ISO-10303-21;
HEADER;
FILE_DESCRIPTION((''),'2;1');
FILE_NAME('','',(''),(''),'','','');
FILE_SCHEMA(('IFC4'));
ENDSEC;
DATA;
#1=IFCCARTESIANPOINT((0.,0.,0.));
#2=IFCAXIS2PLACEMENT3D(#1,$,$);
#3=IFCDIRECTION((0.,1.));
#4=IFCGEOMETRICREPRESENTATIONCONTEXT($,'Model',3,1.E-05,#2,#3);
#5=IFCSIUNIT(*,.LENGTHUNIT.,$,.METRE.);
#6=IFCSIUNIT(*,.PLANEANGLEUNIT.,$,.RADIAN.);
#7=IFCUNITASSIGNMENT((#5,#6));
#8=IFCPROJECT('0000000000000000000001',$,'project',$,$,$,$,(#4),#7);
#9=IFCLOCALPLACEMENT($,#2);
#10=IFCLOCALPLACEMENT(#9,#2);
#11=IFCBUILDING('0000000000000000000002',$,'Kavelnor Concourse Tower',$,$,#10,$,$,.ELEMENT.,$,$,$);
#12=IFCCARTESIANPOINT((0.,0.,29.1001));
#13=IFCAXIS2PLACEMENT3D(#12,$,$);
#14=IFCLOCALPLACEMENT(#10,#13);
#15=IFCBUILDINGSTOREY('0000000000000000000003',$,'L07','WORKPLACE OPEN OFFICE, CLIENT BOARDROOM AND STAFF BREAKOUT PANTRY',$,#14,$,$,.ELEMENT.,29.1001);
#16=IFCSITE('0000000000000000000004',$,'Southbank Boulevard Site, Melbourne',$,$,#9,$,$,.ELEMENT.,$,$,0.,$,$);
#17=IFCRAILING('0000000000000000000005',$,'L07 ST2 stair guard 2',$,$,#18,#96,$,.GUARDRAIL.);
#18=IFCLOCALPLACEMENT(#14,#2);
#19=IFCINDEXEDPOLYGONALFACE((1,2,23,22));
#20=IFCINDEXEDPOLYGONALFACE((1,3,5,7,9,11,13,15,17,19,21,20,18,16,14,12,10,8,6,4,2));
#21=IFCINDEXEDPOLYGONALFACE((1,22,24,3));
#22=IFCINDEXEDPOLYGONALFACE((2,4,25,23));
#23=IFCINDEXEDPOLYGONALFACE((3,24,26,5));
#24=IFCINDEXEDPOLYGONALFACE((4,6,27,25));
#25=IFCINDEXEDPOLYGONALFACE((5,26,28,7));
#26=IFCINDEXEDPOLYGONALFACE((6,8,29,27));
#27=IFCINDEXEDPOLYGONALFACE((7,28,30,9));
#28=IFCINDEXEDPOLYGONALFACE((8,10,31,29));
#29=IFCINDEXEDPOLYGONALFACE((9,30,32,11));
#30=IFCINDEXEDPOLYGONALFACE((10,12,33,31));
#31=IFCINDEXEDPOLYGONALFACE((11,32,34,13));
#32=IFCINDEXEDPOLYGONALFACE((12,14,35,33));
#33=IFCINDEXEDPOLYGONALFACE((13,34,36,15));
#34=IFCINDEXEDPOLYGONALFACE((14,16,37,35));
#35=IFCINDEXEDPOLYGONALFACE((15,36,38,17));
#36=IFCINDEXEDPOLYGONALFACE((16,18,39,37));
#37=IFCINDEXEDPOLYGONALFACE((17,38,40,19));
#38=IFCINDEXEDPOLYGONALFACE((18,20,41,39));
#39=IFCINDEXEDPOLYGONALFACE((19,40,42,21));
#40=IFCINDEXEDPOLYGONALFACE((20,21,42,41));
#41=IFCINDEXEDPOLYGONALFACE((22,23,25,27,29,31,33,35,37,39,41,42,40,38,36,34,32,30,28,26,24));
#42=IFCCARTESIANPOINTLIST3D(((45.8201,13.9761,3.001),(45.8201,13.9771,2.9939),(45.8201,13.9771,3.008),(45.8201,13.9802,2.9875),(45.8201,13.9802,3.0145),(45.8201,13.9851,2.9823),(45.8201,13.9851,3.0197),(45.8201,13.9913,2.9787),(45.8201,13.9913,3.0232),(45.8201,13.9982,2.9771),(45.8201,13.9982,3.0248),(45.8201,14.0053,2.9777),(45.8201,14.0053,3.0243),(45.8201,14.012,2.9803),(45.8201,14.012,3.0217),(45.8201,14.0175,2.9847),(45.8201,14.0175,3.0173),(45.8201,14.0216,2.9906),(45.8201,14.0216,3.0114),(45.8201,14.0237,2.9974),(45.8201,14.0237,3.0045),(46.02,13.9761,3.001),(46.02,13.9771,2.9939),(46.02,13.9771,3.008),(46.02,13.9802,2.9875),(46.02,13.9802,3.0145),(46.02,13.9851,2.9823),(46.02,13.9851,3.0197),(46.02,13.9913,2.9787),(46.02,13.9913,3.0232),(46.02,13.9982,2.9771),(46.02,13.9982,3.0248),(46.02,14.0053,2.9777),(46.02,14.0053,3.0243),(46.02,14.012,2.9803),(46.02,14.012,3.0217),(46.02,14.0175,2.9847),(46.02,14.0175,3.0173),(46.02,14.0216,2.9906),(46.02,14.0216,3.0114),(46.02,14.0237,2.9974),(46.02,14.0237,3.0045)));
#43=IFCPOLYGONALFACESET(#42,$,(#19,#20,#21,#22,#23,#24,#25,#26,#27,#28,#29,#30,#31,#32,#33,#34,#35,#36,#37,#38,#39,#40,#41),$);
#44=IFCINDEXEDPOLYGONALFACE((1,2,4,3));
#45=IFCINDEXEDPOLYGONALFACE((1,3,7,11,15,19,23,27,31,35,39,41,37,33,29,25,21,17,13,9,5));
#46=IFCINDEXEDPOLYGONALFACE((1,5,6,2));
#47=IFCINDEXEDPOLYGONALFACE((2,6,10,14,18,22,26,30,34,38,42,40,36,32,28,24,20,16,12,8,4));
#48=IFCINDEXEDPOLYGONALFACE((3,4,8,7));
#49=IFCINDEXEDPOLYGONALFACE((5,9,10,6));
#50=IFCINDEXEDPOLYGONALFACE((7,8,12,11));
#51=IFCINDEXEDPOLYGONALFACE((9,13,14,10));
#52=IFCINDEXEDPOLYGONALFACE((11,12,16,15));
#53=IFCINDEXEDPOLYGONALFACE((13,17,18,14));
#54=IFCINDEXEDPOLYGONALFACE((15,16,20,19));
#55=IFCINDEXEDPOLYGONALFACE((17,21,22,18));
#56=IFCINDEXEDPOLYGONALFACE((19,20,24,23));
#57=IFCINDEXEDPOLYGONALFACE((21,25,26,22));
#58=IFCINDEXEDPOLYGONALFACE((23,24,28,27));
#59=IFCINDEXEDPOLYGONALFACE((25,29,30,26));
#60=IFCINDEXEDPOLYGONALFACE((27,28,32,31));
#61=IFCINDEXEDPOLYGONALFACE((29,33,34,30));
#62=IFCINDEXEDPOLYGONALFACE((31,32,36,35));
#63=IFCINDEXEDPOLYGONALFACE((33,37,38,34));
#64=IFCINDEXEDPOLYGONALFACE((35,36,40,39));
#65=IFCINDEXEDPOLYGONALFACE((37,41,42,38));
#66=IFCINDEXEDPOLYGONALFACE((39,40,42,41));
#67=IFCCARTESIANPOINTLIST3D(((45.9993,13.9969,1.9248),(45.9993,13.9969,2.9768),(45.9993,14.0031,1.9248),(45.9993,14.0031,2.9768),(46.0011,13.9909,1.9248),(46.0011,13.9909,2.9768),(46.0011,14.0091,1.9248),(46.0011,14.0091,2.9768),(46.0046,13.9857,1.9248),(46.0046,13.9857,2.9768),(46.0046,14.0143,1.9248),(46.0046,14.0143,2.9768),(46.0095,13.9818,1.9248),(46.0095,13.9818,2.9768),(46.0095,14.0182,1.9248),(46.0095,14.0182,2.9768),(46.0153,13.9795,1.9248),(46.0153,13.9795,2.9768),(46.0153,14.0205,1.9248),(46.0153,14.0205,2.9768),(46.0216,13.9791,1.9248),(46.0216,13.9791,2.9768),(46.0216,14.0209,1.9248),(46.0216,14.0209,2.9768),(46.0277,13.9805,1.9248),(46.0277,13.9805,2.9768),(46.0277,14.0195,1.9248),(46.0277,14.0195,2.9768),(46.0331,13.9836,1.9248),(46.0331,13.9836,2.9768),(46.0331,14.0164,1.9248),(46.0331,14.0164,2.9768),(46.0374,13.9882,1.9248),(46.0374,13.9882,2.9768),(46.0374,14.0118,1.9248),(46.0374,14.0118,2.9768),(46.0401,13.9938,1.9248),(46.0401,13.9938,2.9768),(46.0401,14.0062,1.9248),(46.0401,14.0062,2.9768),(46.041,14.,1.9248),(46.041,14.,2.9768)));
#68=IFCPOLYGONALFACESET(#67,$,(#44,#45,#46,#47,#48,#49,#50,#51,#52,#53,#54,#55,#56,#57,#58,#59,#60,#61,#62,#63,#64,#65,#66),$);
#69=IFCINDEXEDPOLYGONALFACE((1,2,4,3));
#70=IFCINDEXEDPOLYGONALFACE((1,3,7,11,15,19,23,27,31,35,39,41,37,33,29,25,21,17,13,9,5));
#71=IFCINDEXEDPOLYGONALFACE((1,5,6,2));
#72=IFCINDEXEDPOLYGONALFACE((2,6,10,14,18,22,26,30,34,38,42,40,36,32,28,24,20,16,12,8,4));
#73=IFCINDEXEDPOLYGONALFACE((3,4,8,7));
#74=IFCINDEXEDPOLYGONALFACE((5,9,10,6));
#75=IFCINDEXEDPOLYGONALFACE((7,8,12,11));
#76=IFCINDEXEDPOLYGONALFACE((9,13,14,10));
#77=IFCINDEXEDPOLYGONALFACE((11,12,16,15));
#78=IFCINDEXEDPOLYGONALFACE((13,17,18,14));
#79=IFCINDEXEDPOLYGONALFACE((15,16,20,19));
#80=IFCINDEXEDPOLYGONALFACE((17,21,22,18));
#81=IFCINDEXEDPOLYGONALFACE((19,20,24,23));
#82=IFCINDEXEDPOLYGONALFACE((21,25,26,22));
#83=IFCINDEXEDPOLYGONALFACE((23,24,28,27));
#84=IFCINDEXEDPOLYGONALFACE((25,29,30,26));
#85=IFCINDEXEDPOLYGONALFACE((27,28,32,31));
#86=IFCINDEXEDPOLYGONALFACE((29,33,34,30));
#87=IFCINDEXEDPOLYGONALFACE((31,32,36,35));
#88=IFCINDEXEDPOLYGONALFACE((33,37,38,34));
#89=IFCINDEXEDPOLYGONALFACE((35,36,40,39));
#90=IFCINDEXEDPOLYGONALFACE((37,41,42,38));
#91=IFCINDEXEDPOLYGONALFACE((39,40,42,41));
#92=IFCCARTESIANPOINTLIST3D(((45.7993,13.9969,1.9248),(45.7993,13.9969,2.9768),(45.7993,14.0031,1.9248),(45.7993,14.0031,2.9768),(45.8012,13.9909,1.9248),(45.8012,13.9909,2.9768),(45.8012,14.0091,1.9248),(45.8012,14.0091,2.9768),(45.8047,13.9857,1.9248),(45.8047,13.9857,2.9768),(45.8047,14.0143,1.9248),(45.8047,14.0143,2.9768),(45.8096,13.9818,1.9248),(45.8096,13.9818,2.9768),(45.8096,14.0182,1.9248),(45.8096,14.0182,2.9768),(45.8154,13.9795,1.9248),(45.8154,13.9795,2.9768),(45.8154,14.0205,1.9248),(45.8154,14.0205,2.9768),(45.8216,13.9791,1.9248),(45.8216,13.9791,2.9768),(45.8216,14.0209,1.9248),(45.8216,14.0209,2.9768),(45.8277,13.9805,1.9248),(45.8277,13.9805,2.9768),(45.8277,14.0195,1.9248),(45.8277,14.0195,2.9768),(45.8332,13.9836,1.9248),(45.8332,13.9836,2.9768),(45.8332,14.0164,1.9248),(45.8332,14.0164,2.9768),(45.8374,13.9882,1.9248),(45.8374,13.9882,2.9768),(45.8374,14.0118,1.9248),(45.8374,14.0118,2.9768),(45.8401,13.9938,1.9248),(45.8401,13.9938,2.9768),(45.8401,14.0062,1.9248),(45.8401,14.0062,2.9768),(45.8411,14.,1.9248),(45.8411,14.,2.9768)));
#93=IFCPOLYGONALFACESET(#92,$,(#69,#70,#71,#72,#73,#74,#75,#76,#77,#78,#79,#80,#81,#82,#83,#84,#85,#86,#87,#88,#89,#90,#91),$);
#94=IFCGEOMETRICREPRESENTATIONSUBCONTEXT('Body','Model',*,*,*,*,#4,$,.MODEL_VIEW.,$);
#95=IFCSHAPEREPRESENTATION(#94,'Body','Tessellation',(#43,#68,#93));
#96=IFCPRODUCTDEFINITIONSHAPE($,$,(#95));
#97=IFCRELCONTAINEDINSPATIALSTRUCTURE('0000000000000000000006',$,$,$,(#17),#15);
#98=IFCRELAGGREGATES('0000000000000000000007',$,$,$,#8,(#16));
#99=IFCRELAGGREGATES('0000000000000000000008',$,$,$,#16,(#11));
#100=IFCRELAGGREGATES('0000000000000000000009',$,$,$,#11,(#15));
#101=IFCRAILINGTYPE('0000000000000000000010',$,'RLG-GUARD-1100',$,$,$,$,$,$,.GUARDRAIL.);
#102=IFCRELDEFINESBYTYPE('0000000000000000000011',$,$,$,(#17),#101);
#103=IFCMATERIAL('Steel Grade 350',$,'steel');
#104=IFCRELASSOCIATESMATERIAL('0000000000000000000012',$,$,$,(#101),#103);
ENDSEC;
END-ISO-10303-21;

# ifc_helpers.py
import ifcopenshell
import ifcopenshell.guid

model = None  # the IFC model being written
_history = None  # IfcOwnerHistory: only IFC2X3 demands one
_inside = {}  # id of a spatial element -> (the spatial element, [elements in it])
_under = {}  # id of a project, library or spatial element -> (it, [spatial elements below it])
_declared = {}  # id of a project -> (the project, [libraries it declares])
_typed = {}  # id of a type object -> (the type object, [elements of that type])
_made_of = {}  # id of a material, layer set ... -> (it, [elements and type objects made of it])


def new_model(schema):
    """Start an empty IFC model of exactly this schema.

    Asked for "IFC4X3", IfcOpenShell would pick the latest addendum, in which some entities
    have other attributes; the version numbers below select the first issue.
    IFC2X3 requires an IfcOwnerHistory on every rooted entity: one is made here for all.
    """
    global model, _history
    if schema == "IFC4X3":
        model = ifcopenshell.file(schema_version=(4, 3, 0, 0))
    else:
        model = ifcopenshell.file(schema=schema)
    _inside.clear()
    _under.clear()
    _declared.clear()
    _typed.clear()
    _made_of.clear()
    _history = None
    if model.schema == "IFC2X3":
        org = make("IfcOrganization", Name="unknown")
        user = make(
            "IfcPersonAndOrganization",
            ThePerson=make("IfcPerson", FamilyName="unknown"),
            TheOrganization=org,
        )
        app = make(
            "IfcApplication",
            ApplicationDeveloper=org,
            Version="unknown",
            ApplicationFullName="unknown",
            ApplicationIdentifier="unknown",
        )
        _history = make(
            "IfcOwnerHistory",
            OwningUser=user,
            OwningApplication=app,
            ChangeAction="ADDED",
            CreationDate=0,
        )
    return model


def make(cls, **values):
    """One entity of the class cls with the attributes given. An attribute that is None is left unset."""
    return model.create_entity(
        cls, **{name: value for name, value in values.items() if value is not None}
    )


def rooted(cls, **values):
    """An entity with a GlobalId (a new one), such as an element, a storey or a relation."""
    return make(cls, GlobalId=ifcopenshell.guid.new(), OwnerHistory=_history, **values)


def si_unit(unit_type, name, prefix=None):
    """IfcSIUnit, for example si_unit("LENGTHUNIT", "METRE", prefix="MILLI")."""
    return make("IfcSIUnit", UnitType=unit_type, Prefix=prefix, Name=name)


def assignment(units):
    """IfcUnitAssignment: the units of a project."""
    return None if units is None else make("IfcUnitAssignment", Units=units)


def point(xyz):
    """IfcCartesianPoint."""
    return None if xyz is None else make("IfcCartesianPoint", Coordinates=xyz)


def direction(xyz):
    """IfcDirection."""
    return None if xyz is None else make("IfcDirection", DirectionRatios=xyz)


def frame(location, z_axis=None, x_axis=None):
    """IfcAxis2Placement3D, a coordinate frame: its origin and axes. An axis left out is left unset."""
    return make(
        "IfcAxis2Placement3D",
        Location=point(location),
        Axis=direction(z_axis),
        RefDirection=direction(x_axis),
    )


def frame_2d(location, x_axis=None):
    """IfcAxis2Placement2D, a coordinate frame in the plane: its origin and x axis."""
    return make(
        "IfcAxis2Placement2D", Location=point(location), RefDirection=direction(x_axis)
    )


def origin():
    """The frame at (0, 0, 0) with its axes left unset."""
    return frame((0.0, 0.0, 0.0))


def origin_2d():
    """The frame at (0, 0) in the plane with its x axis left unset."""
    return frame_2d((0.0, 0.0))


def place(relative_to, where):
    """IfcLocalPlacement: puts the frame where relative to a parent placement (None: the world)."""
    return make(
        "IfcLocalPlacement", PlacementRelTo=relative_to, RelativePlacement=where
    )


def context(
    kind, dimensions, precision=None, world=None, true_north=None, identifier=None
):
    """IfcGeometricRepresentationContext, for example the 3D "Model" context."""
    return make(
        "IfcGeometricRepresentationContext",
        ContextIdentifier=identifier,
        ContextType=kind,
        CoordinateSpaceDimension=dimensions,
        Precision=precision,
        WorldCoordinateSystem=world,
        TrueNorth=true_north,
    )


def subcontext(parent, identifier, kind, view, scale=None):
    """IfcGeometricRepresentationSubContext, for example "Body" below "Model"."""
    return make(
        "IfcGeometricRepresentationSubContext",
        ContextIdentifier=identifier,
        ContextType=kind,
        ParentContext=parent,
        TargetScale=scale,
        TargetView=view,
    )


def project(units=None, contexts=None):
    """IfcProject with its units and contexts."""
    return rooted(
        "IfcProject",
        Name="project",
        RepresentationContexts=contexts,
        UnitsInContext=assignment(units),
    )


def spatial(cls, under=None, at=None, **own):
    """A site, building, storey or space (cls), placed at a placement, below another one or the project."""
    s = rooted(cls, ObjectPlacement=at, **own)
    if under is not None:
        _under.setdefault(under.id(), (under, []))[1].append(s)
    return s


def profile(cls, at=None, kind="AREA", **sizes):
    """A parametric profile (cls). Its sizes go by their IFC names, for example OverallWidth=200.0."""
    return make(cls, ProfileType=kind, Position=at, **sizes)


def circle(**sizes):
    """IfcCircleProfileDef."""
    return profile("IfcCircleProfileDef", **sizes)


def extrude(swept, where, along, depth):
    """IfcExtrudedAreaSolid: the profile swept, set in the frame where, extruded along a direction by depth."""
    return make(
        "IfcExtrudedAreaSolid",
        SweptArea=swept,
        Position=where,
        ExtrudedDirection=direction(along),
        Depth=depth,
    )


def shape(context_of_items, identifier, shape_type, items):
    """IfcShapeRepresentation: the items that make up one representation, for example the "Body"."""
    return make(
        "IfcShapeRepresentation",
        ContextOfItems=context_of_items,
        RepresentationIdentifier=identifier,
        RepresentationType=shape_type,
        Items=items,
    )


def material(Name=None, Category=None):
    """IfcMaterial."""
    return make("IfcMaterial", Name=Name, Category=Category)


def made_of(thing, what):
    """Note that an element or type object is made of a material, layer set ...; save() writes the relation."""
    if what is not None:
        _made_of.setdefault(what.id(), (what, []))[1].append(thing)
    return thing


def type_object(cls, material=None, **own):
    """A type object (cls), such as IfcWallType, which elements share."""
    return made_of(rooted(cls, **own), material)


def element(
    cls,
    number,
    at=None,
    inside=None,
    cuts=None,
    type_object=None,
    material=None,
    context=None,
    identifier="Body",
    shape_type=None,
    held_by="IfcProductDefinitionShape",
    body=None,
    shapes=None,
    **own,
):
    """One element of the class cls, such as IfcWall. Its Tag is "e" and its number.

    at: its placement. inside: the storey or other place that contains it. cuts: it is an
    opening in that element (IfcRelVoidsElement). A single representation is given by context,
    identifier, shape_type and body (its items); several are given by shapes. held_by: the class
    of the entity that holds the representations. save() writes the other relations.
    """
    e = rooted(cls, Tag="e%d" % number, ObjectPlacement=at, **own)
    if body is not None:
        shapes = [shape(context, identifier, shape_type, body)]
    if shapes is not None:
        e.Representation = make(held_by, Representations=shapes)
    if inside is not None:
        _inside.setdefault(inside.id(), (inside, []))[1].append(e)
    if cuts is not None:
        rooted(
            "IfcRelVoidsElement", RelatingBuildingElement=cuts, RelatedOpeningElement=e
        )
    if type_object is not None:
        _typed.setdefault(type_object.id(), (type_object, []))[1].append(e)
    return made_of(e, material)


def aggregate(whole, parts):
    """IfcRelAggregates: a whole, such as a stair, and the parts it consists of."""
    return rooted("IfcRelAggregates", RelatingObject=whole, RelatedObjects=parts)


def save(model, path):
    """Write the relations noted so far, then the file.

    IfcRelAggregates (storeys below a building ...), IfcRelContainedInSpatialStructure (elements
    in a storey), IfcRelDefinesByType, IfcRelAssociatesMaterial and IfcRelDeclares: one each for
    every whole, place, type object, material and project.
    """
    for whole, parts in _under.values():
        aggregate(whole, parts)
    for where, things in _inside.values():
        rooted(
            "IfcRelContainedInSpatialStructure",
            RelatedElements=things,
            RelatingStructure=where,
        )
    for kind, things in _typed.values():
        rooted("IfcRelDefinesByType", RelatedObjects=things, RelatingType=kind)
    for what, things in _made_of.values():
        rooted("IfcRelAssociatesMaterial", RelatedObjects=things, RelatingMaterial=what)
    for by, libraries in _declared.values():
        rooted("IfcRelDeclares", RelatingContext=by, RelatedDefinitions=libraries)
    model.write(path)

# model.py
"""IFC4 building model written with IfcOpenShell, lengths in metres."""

from ifc_helpers import new_model, si_unit, direction, frame, origin, origin_2d, place, context, subcontext, project, spatial, circle, extrude, material, type_object, element, save


model = new_model("IFC4")

# Units and contexts
model_context = context("Model", 3, precision=1e-05, world=origin(), true_north=direction((0.0, 1.0)))
body_context = subcontext(model_context, "Body", "Model", "MODEL_VIEW")
ifc_project = project(units=[si_unit("LENGTHUNIT", "METRE"), si_unit("PLANEANGLEUNIT", "RADIAN")], contexts=[model_context])

# Site, building, storey
site_placement = place(None, origin())
site = spatial("IfcSite", under=ifc_project, at=site_placement, Name="Southbank Boulevard Site, Melbourne", CompositionType="ELEMENT", RefElevation=0.0)
building_placement = place(site_placement, origin())
building = spatial("IfcBuilding", under=site, at=building_placement, Name="Kavelnor Concourse Tower", CompositionType="ELEMENT")
storey_placement = place(building_placement, frame((0.0, 0.0, 29.1001)))
storey = spatial("IfcBuildingStorey", under=building, at=storey_placement, Name="L07", Description="WORKPLACE OPEN OFFICE, CLIENT BOARDROOM AND STAFF BREAKOUT PANTRY", CompositionType="ELEMENT", Elevation=29.1001)

# Shared definitions
ifc_material_1 = material(Name="Steel Grade 350", Category="steel")

# Railing
railing_type_1 = type_object("IfcRailingType", Name="RLG-GUARD-1100", PredefinedType="GUARDRAIL", material=ifc_material_1)
railing_1_placement = place(storey_placement, frame((46.02, 14.0, 1.9248)))
element("IfcRailing", 1, at=railing_1_placement, inside=storey, type_object=railing_type_1, Name="L07 ST2 stair guard 2", PredefinedType="GUARDRAIL", context=body_context, shape_type="SweptSolid", body=[
    extrude(circle(Radius=0.0239, at=origin_2d()), frame((0.0, 0.0, 1.0762), z_axis=(-1.0, 0.0, 0.0), x_axis=(0.0, -1.0, 0.0)), (0.0, 0.0, 1.0), 0.2),
    extrude(circle(Radius=0.021, at=origin_2d()), origin(), (0.0, 0.0, 1.0), 1.052),
    extrude(circle(Radius=0.021, at=origin_2d()), frame((-0.2, 0.0, 0.0)), (0.0, 0.0, 1.0), 1.052),
])

save(model, "model.ifc")
